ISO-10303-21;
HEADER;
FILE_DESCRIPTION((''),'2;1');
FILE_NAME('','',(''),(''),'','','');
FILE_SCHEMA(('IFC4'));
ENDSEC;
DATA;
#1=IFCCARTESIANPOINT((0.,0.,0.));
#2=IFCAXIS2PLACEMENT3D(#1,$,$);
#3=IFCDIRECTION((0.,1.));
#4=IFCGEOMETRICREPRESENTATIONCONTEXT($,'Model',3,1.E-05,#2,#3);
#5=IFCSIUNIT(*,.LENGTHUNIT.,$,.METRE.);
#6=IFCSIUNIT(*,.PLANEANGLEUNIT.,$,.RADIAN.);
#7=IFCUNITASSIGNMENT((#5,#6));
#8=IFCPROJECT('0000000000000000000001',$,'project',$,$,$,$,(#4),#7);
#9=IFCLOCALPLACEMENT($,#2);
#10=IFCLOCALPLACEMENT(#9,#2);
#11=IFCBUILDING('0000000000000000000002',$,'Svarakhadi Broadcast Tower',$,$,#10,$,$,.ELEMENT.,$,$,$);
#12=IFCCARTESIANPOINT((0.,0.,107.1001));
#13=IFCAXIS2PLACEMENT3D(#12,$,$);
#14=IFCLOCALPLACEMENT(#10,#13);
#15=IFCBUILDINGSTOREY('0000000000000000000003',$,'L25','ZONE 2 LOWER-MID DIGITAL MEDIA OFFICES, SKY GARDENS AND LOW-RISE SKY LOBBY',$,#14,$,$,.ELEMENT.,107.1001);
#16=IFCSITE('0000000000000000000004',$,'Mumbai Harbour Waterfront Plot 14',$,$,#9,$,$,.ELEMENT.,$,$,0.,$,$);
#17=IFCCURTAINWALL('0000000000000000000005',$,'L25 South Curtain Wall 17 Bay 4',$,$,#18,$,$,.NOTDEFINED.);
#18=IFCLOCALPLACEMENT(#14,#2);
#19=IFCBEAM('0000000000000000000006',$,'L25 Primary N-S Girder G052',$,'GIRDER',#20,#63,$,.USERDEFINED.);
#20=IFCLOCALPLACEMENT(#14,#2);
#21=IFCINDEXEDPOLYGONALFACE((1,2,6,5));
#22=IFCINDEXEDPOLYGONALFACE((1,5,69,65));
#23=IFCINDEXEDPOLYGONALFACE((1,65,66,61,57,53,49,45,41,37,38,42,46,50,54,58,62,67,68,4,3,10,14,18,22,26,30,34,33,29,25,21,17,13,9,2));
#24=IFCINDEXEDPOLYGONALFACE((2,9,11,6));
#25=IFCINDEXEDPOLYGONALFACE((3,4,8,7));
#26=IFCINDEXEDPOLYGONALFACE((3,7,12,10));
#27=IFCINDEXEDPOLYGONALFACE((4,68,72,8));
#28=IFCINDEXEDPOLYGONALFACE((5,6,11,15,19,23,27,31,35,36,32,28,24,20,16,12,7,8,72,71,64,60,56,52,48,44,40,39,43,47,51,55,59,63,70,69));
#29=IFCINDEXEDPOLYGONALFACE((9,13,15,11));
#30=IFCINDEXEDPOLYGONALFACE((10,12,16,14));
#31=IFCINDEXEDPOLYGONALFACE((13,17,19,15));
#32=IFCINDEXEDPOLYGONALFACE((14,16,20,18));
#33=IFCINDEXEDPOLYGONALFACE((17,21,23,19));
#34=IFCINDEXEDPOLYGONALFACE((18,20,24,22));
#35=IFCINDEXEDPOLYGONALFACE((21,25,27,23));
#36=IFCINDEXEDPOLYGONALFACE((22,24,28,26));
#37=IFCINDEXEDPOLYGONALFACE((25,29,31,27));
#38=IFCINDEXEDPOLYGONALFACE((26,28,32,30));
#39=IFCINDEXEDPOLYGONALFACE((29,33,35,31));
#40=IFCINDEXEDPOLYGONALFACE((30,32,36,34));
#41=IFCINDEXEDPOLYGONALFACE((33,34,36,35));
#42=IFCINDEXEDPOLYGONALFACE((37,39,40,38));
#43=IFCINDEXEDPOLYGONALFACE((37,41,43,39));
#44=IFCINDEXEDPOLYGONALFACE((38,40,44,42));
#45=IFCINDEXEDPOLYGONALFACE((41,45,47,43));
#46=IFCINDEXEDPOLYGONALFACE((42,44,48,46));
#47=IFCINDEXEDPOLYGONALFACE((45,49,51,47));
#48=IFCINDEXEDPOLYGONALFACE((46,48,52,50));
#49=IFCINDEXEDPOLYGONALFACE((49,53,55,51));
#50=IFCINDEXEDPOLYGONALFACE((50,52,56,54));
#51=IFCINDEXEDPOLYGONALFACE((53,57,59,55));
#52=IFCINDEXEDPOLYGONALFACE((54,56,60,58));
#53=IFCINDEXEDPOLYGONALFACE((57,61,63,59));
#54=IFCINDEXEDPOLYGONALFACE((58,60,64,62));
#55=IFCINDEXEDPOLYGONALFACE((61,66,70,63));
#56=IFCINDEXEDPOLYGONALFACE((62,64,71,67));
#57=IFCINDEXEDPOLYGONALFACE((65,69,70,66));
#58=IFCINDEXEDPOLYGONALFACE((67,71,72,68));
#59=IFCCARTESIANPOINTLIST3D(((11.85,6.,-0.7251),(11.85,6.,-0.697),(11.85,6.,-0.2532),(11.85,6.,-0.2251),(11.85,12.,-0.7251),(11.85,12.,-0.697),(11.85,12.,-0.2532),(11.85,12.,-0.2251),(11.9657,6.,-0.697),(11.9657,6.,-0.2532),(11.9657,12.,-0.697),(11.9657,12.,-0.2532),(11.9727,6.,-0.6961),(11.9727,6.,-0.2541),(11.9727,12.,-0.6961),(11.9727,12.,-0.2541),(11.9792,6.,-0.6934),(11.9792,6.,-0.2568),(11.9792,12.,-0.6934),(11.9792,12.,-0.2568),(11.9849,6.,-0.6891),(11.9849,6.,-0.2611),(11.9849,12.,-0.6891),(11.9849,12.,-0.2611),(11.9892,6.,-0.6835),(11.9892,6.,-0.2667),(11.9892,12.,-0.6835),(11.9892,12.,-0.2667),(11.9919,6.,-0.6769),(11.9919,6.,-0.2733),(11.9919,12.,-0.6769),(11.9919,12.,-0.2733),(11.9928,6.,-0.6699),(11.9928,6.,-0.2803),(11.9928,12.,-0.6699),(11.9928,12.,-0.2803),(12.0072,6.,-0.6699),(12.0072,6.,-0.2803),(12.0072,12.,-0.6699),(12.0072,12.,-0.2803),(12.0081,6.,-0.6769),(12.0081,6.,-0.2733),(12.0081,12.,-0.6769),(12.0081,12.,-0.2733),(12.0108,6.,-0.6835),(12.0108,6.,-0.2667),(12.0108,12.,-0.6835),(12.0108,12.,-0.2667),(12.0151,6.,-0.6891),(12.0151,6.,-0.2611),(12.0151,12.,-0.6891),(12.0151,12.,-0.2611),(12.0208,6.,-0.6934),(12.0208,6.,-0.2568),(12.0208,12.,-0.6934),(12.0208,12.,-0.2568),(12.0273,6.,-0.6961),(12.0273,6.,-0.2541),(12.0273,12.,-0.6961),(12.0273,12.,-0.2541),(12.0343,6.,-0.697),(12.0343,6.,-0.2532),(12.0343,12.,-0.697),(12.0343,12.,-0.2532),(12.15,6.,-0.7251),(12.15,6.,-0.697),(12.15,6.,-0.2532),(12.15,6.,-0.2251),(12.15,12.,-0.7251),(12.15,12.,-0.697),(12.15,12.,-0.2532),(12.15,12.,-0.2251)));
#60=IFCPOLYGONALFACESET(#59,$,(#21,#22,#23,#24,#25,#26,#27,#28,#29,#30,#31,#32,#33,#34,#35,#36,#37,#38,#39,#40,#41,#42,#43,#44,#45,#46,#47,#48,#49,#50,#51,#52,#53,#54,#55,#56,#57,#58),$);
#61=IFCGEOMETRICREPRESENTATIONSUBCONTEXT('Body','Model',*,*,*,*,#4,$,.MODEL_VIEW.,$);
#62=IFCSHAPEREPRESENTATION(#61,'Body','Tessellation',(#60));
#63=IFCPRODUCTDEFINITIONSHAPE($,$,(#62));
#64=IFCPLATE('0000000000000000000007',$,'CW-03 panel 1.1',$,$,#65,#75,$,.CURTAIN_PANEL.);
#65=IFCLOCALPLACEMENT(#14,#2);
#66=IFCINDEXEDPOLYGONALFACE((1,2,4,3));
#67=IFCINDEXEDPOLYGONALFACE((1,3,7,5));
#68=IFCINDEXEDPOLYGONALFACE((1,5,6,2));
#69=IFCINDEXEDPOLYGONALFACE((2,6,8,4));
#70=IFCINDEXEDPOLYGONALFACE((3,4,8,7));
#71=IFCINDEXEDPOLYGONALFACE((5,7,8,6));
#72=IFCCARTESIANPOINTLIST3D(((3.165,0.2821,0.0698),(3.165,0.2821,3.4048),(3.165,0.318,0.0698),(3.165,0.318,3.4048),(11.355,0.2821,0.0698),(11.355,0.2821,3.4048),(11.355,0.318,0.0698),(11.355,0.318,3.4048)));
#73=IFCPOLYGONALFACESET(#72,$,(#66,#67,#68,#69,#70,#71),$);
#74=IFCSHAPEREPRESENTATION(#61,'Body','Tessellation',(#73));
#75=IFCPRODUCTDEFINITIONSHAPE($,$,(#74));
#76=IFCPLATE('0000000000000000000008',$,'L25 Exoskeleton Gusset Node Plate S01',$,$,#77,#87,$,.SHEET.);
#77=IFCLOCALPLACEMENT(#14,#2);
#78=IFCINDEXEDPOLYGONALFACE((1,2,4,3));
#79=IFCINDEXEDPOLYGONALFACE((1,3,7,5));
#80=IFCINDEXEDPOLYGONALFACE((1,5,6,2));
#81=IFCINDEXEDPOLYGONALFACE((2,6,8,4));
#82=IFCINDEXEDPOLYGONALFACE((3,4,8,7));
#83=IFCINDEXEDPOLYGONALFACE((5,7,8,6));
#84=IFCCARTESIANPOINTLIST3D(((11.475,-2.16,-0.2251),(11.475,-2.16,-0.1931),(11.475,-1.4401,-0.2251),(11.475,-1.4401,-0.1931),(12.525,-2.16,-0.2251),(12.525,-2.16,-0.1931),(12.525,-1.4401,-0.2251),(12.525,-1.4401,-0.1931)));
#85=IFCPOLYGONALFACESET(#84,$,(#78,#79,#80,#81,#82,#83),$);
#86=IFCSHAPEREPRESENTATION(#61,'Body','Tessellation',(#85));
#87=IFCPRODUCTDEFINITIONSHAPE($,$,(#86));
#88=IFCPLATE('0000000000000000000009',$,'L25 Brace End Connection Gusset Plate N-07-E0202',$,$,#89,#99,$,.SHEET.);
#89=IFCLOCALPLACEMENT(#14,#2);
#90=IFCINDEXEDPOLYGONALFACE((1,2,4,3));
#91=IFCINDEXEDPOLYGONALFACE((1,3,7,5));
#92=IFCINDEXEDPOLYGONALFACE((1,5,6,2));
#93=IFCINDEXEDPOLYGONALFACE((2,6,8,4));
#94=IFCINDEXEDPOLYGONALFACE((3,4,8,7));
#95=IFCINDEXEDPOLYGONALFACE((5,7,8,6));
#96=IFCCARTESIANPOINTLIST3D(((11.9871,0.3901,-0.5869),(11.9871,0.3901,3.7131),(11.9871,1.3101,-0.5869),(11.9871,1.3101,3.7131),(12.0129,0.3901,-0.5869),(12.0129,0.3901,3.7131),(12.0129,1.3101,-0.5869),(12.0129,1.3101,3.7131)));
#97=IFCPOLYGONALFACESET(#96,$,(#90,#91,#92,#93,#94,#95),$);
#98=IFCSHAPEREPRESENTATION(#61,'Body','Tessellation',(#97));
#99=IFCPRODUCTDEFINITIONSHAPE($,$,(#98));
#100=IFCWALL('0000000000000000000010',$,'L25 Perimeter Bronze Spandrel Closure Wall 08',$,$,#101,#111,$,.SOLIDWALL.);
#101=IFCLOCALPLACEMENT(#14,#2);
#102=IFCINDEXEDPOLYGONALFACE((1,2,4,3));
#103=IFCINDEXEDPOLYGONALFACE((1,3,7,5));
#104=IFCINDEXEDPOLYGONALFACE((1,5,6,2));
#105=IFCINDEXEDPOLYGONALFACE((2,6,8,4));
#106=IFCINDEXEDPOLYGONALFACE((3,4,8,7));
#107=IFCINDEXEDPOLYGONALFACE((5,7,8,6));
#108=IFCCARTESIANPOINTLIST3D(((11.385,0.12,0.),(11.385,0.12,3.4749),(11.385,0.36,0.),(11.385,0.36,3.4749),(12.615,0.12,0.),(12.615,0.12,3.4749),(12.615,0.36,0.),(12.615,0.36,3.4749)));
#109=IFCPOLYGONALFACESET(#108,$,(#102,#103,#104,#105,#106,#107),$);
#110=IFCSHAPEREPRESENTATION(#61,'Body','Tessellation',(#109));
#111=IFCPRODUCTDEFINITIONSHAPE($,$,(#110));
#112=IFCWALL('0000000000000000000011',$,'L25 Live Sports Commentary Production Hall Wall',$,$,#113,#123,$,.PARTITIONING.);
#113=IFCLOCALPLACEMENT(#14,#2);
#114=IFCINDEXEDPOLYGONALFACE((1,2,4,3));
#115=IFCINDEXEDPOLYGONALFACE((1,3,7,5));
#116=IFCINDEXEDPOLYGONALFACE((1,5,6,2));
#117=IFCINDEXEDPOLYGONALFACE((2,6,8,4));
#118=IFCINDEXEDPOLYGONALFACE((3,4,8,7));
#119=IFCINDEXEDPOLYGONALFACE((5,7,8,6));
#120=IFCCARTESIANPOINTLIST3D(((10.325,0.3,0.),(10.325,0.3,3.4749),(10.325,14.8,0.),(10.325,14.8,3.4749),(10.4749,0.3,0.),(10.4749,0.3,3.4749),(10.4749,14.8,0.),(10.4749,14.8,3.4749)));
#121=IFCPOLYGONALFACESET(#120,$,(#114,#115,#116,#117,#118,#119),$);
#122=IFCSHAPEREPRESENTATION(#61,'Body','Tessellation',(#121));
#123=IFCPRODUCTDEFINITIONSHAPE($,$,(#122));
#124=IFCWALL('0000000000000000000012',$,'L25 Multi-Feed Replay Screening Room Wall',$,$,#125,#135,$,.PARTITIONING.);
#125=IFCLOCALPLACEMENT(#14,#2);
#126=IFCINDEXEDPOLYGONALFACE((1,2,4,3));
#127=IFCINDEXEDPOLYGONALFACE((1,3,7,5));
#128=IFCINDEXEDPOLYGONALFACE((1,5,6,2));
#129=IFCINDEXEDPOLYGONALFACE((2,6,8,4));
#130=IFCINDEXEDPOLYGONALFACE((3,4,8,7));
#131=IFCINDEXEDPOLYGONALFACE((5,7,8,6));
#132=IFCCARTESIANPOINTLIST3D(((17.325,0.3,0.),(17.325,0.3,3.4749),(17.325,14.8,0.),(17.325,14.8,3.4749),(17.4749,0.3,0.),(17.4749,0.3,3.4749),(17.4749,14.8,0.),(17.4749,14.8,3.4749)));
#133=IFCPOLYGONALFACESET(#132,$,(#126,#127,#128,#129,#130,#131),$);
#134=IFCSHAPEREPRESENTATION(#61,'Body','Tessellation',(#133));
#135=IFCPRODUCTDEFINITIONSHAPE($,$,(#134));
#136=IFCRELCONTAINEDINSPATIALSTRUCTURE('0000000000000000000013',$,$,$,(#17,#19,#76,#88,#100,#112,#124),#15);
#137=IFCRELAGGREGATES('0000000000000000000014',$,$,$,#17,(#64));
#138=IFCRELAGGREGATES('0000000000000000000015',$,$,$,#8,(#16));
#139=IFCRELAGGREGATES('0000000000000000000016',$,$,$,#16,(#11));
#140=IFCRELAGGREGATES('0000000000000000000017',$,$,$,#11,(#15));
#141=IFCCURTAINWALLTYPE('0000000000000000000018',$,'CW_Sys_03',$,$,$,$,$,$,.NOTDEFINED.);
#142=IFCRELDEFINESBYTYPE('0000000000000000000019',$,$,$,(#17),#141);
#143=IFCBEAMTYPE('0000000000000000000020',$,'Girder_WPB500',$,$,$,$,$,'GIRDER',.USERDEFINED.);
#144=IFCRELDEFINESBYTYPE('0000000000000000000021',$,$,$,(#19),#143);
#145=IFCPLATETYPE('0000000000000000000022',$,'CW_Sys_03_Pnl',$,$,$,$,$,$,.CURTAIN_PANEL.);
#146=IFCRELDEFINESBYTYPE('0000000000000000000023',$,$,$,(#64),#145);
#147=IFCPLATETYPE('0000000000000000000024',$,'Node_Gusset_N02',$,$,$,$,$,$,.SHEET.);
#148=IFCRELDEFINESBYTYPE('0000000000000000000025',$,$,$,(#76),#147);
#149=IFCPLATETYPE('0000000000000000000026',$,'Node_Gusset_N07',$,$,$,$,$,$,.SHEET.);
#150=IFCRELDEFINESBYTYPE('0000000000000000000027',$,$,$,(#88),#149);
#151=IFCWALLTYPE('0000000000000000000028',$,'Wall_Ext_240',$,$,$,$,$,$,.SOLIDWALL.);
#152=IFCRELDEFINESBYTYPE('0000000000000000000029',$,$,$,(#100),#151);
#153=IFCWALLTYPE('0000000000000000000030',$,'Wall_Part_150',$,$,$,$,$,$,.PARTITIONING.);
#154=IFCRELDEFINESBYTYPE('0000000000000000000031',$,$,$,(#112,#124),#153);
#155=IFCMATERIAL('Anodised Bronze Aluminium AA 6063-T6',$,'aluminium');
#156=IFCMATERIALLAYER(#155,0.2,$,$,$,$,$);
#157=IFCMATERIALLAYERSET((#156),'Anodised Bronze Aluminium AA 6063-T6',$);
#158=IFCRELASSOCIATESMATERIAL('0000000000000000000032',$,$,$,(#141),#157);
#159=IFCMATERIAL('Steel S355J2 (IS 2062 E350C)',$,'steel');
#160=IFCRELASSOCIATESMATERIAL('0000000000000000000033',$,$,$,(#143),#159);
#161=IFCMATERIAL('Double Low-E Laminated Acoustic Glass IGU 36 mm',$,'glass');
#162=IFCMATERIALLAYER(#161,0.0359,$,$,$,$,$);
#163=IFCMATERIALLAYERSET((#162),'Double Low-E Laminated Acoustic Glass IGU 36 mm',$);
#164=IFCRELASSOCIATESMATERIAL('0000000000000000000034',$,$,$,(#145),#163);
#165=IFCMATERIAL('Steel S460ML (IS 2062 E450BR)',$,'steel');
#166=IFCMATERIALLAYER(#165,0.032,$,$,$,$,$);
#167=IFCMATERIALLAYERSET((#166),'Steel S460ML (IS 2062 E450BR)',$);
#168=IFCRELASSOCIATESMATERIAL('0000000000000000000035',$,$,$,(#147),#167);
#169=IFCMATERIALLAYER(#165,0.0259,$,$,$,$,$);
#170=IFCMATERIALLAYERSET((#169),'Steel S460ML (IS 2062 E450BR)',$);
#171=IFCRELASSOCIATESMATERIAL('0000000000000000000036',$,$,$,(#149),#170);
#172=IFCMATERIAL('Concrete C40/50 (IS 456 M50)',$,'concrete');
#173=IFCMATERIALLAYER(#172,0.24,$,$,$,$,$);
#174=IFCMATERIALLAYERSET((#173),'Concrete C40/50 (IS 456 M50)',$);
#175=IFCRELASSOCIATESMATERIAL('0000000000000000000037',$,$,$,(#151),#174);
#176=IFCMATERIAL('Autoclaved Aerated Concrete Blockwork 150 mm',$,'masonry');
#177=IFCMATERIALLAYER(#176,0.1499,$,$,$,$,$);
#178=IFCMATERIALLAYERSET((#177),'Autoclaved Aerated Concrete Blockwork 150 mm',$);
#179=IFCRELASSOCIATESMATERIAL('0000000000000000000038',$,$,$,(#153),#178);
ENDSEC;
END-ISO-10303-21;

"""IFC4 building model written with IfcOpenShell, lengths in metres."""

from ifc_helpers import new_model, si_unit, direction, frame, frame_2d, origin, origin_2d, place, context, subcontext, project, spatial, rectangle, i_section, extrude, material, layer, layer_set, material_profile, profile_set, type_object, element, aggregate, save


model = new_model("IFC4")

# Units and contexts
model_context = context("Model", 3, precision=1e-05, world=origin(), true_north=direction((0.0, 1.0)))
body_context = subcontext(model_context, "Body", "Model", "MODEL_VIEW")
ifc_project = project(units=[si_unit("LENGTHUNIT", "METRE"), si_unit("PLANEANGLEUNIT", "RADIAN")], contexts=[model_context])

# Site, building, storey
site_placement = place(None, origin())
site = spatial("IfcSite", under=ifc_project, at=site_placement, Name="Mumbai Harbour Waterfront Plot 14", CompositionType="ELEMENT", RefElevation=0.0)
building_placement = place(site_placement, origin())
building = spatial("IfcBuilding", under=site, at=building_placement, Name="Svarakhadi Broadcast Tower", CompositionType="ELEMENT")
storey_placement = place(building_placement, frame((0.0, 0.0, 107.1001)))
storey = spatial("IfcBuildingStorey", under=building, at=storey_placement, Name="L25", Description="ZONE 2 LOWER-MID DIGITAL MEDIA OFFICES, SKY GARDENS AND LOW-RISE SKY LOBBY", CompositionType="ELEMENT", Elevation=107.1001)

# Shared definitions
ifc_material_1 = material(Name="Steel S460ML (IS 2062 E450BR)", Category="steel")

# Shared definitions
ifc_material_2 = material(Name="Steel S355J2 (IS 2062 E350C)", Category="steel")

# Shared definitions
ifc_material_3 = material(Name="Anodised Bronze Aluminium AA 6063-T6", Category="aluminium")
ifc_layer_1 = layer(ifc_material_3, 0.2)
ifc_layer_set_1 = layer_set([ifc_layer_1], Name="Anodised Bronze Aluminium AA 6063-T6")
curtain_wall_type = type_object("IfcCurtainWallType", Name="CW_Sys_03", PredefinedType="NOTDEFINED", material=ifc_layer_set_1)

# Curtain wall
curtain_wall_1_placement = place(storey_placement, origin())
curtain_wall_1 = element("IfcCurtainWall", 1, at=curtain_wall_1_placement, inside=storey, type_object=curtain_wall_type, Name="L25 South Curtain Wall 17 Bay 4", PredefinedType="NOTDEFINED")

# Beam
ifc_material_profile_1 = material_profile(ifc_material_2, i_section(OverallWidth=0.3, OverallDepth=0.5, WebThickness=0.0144, FlangeThickness=0.0281, FilletRadius=0.0271, at=origin_2d()), Name="WPB 500x300x187")
ifc_profile_set_1 = profile_set([ifc_material_profile_1], Name="Steel S355J2 (IS 2062 E350C)")
beam_type_1 = type_object("IfcBeamType", Name="Girder_WPB500", ElementType="GIRDER", PredefinedType="USERDEFINED", material=ifc_profile_set_1)
beam_1_placement = place(storey_placement, frame((12.0, 6.0, -0.4751), z_axis=(0.0, 1.0, 0.0), x_axis=(-1.0, 0.0, 0.0)))
element("IfcBeam", 2, at=beam_1_placement, inside=storey, type_object=beam_type_1, Name="L25 Primary N-S Girder G052", ObjectType="GIRDER", PredefinedType="USERDEFINED", context=body_context, shape_type="SweptSolid", body=[
    extrude(i_section(OverallWidth=0.3, OverallDepth=0.5, WebThickness=0.0144, FlangeThickness=0.0281, FilletRadius=0.0271, at=origin_2d()), origin(), (0.0, 0.0, 1.0), 6.0),
])

# Plate
ifc_material_4 = material(Name="Double Low-E Laminated Acoustic Glass IGU 36 mm", Category="glass")
ifc_layer_2 = layer(ifc_material_4, 0.0359)
ifc_layer_set_2 = layer_set([ifc_layer_2], Name="Double Low-E Laminated Acoustic Glass IGU 36 mm")
plate_type_1 = type_object("IfcPlateType", Name="CW_Sys_03_Pnl", PredefinedType="CURTAIN_PANEL", material=ifc_layer_set_2)
plate_1_placement = place(storey_placement, frame((7.26, 0.3, 0.0698), z_axis=(0.0, 0.0, 1.0), x_axis=(-1.0, 0.0, 0.0)))
plate_1 = element("IfcPlate", 3, at=plate_1_placement, type_object=plate_type_1, Name="CW-03 panel 1.1", PredefinedType="CURTAIN_PANEL", context=body_context, shape_type="SweptSolid", body=[
    extrude(rectangle(XDim=8.1899, YDim=0.0359, at=origin_2d()), origin(), (0.0, 0.0, 1.0), 3.335),
])
aggregate(curtain_wall_1, [plate_1])

# Plates
ifc_layer_3 = layer(ifc_material_1, 0.032)
ifc_layer_set_3 = layer_set([ifc_layer_3], Name="Steel S460ML (IS 2062 E450BR)")
plate_type_2 = type_object("IfcPlateType", Name="Node_Gusset_N02", PredefinedType="SHEET", material=ifc_layer_set_3)
plate_2_placement = place(storey_placement, frame((12.0, -1.8, -0.2251), z_axis=(0.0, 0.0, 1.0), x_axis=(1.0, 0.0, 0.0)))
element("IfcPlate", 4, at=plate_2_placement, inside=storey, type_object=plate_type_2, Name="L25 Exoskeleton Gusset Node Plate S01", PredefinedType="SHEET", context=body_context, shape_type="SweptSolid", body=[
    extrude(rectangle(XDim=1.05, YDim=0.72, at=origin_2d()), origin(), (0.0, 0.0, 1.0), 0.032),
])
ifc_layer_4 = layer(ifc_material_1, 0.0259)
ifc_layer_set_4 = layer_set([ifc_layer_4], Name="Steel S460ML (IS 2062 E450BR)")
plate_type_3 = type_object("IfcPlateType", Name="Node_Gusset_N07", PredefinedType="SHEET", material=ifc_layer_set_4)
plate_3_placement = place(storey_placement, frame((12.0, 0.8501, -0.5869), z_axis=(0.0, 0.0, 1.0), x_axis=(0.0, 1.0, 0.0)))
element("IfcPlate", 5, at=plate_3_placement, inside=storey, type_object=plate_type_3, Name="L25 Brace End Connection Gusset Plate N-07-E0202", PredefinedType="SHEET", context=body_context, shape_type="SweptSolid", body=[
    extrude(rectangle(XDim=0.9199, YDim=0.0259, at=origin_2d()), origin(), (0.0, 0.0, 1.0), 4.3),
])

# Walls
ifc_material_5 = material(Name="Concrete C40/50 (IS 456 M50)", Category="concrete")
ifc_layer_5 = layer(ifc_material_5, 0.24)
ifc_layer_set_5 = layer_set([ifc_layer_5], Name="Concrete C40/50 (IS 456 M50)")
wall_type_1 = type_object("IfcWallType", Name="Wall_Ext_240", PredefinedType="SOLIDWALL", material=ifc_layer_set_5)
wall_placement = place(storey_placement, frame((12.615, 0.24, 0.0), z_axis=(0.0, 0.0, 1.0), x_axis=(-1.0, 0.0, 0.0)))
element("IfcWall", 6, at=wall_placement, inside=storey, type_object=wall_type_1, Name="L25 Perimeter Bronze Spandrel Closure Wall 08", PredefinedType="SOLIDWALL", context=body_context, shape_type="SweptSolid", body=[
    extrude(rectangle(XDim=1.23, YDim=0.24, at=frame_2d((0.615, 0.0))), origin(), (0.0, 0.0, 1.0), 3.4749),
])
ifc_material_6 = material(Name="Autoclaved Aerated Concrete Blockwork 150 mm", Category="masonry")
ifc_layer_6 = layer(ifc_material_6, 0.1499)
ifc_layer_set_6 = layer_set([ifc_layer_6], Name="Autoclaved Aerated Concrete Blockwork 150 mm")
wall_type_2 = type_object("IfcWallType", Name="Wall_Part_150", PredefinedType="PARTITIONING", material=ifc_layer_set_6)
for number, where, z_axis, x_axis, name in (
    (7, (10.3999, 0.3, 0.0), (0.0, 0.0, 1.0), (0.0, 1.0, 0.0), "L25 Live Sports Commentary Production Hall Wall"),
    (8, (17.3999, 0.3, 0.0), (0.0, 0.0, 1.0), (0.0, 1.0, 0.0), "L25 Multi-Feed Replay Screening Room Wall"),
):
    element("IfcWall", number, at=place(storey_placement, frame(where, z_axis=z_axis, x_axis=x_axis)), inside=storey, type_object=wall_type_2, Name=name, PredefinedType="PARTITIONING", context=body_context, shape_type="SweptSolid", body=[
        extrude(rectangle(XDim=14.5, YDim=0.1499, at=frame_2d((7.25, 0.0))), origin(), (0.0, 0.0, 1.0), 3.4749),
    ])

save(model, "model.ifc")
